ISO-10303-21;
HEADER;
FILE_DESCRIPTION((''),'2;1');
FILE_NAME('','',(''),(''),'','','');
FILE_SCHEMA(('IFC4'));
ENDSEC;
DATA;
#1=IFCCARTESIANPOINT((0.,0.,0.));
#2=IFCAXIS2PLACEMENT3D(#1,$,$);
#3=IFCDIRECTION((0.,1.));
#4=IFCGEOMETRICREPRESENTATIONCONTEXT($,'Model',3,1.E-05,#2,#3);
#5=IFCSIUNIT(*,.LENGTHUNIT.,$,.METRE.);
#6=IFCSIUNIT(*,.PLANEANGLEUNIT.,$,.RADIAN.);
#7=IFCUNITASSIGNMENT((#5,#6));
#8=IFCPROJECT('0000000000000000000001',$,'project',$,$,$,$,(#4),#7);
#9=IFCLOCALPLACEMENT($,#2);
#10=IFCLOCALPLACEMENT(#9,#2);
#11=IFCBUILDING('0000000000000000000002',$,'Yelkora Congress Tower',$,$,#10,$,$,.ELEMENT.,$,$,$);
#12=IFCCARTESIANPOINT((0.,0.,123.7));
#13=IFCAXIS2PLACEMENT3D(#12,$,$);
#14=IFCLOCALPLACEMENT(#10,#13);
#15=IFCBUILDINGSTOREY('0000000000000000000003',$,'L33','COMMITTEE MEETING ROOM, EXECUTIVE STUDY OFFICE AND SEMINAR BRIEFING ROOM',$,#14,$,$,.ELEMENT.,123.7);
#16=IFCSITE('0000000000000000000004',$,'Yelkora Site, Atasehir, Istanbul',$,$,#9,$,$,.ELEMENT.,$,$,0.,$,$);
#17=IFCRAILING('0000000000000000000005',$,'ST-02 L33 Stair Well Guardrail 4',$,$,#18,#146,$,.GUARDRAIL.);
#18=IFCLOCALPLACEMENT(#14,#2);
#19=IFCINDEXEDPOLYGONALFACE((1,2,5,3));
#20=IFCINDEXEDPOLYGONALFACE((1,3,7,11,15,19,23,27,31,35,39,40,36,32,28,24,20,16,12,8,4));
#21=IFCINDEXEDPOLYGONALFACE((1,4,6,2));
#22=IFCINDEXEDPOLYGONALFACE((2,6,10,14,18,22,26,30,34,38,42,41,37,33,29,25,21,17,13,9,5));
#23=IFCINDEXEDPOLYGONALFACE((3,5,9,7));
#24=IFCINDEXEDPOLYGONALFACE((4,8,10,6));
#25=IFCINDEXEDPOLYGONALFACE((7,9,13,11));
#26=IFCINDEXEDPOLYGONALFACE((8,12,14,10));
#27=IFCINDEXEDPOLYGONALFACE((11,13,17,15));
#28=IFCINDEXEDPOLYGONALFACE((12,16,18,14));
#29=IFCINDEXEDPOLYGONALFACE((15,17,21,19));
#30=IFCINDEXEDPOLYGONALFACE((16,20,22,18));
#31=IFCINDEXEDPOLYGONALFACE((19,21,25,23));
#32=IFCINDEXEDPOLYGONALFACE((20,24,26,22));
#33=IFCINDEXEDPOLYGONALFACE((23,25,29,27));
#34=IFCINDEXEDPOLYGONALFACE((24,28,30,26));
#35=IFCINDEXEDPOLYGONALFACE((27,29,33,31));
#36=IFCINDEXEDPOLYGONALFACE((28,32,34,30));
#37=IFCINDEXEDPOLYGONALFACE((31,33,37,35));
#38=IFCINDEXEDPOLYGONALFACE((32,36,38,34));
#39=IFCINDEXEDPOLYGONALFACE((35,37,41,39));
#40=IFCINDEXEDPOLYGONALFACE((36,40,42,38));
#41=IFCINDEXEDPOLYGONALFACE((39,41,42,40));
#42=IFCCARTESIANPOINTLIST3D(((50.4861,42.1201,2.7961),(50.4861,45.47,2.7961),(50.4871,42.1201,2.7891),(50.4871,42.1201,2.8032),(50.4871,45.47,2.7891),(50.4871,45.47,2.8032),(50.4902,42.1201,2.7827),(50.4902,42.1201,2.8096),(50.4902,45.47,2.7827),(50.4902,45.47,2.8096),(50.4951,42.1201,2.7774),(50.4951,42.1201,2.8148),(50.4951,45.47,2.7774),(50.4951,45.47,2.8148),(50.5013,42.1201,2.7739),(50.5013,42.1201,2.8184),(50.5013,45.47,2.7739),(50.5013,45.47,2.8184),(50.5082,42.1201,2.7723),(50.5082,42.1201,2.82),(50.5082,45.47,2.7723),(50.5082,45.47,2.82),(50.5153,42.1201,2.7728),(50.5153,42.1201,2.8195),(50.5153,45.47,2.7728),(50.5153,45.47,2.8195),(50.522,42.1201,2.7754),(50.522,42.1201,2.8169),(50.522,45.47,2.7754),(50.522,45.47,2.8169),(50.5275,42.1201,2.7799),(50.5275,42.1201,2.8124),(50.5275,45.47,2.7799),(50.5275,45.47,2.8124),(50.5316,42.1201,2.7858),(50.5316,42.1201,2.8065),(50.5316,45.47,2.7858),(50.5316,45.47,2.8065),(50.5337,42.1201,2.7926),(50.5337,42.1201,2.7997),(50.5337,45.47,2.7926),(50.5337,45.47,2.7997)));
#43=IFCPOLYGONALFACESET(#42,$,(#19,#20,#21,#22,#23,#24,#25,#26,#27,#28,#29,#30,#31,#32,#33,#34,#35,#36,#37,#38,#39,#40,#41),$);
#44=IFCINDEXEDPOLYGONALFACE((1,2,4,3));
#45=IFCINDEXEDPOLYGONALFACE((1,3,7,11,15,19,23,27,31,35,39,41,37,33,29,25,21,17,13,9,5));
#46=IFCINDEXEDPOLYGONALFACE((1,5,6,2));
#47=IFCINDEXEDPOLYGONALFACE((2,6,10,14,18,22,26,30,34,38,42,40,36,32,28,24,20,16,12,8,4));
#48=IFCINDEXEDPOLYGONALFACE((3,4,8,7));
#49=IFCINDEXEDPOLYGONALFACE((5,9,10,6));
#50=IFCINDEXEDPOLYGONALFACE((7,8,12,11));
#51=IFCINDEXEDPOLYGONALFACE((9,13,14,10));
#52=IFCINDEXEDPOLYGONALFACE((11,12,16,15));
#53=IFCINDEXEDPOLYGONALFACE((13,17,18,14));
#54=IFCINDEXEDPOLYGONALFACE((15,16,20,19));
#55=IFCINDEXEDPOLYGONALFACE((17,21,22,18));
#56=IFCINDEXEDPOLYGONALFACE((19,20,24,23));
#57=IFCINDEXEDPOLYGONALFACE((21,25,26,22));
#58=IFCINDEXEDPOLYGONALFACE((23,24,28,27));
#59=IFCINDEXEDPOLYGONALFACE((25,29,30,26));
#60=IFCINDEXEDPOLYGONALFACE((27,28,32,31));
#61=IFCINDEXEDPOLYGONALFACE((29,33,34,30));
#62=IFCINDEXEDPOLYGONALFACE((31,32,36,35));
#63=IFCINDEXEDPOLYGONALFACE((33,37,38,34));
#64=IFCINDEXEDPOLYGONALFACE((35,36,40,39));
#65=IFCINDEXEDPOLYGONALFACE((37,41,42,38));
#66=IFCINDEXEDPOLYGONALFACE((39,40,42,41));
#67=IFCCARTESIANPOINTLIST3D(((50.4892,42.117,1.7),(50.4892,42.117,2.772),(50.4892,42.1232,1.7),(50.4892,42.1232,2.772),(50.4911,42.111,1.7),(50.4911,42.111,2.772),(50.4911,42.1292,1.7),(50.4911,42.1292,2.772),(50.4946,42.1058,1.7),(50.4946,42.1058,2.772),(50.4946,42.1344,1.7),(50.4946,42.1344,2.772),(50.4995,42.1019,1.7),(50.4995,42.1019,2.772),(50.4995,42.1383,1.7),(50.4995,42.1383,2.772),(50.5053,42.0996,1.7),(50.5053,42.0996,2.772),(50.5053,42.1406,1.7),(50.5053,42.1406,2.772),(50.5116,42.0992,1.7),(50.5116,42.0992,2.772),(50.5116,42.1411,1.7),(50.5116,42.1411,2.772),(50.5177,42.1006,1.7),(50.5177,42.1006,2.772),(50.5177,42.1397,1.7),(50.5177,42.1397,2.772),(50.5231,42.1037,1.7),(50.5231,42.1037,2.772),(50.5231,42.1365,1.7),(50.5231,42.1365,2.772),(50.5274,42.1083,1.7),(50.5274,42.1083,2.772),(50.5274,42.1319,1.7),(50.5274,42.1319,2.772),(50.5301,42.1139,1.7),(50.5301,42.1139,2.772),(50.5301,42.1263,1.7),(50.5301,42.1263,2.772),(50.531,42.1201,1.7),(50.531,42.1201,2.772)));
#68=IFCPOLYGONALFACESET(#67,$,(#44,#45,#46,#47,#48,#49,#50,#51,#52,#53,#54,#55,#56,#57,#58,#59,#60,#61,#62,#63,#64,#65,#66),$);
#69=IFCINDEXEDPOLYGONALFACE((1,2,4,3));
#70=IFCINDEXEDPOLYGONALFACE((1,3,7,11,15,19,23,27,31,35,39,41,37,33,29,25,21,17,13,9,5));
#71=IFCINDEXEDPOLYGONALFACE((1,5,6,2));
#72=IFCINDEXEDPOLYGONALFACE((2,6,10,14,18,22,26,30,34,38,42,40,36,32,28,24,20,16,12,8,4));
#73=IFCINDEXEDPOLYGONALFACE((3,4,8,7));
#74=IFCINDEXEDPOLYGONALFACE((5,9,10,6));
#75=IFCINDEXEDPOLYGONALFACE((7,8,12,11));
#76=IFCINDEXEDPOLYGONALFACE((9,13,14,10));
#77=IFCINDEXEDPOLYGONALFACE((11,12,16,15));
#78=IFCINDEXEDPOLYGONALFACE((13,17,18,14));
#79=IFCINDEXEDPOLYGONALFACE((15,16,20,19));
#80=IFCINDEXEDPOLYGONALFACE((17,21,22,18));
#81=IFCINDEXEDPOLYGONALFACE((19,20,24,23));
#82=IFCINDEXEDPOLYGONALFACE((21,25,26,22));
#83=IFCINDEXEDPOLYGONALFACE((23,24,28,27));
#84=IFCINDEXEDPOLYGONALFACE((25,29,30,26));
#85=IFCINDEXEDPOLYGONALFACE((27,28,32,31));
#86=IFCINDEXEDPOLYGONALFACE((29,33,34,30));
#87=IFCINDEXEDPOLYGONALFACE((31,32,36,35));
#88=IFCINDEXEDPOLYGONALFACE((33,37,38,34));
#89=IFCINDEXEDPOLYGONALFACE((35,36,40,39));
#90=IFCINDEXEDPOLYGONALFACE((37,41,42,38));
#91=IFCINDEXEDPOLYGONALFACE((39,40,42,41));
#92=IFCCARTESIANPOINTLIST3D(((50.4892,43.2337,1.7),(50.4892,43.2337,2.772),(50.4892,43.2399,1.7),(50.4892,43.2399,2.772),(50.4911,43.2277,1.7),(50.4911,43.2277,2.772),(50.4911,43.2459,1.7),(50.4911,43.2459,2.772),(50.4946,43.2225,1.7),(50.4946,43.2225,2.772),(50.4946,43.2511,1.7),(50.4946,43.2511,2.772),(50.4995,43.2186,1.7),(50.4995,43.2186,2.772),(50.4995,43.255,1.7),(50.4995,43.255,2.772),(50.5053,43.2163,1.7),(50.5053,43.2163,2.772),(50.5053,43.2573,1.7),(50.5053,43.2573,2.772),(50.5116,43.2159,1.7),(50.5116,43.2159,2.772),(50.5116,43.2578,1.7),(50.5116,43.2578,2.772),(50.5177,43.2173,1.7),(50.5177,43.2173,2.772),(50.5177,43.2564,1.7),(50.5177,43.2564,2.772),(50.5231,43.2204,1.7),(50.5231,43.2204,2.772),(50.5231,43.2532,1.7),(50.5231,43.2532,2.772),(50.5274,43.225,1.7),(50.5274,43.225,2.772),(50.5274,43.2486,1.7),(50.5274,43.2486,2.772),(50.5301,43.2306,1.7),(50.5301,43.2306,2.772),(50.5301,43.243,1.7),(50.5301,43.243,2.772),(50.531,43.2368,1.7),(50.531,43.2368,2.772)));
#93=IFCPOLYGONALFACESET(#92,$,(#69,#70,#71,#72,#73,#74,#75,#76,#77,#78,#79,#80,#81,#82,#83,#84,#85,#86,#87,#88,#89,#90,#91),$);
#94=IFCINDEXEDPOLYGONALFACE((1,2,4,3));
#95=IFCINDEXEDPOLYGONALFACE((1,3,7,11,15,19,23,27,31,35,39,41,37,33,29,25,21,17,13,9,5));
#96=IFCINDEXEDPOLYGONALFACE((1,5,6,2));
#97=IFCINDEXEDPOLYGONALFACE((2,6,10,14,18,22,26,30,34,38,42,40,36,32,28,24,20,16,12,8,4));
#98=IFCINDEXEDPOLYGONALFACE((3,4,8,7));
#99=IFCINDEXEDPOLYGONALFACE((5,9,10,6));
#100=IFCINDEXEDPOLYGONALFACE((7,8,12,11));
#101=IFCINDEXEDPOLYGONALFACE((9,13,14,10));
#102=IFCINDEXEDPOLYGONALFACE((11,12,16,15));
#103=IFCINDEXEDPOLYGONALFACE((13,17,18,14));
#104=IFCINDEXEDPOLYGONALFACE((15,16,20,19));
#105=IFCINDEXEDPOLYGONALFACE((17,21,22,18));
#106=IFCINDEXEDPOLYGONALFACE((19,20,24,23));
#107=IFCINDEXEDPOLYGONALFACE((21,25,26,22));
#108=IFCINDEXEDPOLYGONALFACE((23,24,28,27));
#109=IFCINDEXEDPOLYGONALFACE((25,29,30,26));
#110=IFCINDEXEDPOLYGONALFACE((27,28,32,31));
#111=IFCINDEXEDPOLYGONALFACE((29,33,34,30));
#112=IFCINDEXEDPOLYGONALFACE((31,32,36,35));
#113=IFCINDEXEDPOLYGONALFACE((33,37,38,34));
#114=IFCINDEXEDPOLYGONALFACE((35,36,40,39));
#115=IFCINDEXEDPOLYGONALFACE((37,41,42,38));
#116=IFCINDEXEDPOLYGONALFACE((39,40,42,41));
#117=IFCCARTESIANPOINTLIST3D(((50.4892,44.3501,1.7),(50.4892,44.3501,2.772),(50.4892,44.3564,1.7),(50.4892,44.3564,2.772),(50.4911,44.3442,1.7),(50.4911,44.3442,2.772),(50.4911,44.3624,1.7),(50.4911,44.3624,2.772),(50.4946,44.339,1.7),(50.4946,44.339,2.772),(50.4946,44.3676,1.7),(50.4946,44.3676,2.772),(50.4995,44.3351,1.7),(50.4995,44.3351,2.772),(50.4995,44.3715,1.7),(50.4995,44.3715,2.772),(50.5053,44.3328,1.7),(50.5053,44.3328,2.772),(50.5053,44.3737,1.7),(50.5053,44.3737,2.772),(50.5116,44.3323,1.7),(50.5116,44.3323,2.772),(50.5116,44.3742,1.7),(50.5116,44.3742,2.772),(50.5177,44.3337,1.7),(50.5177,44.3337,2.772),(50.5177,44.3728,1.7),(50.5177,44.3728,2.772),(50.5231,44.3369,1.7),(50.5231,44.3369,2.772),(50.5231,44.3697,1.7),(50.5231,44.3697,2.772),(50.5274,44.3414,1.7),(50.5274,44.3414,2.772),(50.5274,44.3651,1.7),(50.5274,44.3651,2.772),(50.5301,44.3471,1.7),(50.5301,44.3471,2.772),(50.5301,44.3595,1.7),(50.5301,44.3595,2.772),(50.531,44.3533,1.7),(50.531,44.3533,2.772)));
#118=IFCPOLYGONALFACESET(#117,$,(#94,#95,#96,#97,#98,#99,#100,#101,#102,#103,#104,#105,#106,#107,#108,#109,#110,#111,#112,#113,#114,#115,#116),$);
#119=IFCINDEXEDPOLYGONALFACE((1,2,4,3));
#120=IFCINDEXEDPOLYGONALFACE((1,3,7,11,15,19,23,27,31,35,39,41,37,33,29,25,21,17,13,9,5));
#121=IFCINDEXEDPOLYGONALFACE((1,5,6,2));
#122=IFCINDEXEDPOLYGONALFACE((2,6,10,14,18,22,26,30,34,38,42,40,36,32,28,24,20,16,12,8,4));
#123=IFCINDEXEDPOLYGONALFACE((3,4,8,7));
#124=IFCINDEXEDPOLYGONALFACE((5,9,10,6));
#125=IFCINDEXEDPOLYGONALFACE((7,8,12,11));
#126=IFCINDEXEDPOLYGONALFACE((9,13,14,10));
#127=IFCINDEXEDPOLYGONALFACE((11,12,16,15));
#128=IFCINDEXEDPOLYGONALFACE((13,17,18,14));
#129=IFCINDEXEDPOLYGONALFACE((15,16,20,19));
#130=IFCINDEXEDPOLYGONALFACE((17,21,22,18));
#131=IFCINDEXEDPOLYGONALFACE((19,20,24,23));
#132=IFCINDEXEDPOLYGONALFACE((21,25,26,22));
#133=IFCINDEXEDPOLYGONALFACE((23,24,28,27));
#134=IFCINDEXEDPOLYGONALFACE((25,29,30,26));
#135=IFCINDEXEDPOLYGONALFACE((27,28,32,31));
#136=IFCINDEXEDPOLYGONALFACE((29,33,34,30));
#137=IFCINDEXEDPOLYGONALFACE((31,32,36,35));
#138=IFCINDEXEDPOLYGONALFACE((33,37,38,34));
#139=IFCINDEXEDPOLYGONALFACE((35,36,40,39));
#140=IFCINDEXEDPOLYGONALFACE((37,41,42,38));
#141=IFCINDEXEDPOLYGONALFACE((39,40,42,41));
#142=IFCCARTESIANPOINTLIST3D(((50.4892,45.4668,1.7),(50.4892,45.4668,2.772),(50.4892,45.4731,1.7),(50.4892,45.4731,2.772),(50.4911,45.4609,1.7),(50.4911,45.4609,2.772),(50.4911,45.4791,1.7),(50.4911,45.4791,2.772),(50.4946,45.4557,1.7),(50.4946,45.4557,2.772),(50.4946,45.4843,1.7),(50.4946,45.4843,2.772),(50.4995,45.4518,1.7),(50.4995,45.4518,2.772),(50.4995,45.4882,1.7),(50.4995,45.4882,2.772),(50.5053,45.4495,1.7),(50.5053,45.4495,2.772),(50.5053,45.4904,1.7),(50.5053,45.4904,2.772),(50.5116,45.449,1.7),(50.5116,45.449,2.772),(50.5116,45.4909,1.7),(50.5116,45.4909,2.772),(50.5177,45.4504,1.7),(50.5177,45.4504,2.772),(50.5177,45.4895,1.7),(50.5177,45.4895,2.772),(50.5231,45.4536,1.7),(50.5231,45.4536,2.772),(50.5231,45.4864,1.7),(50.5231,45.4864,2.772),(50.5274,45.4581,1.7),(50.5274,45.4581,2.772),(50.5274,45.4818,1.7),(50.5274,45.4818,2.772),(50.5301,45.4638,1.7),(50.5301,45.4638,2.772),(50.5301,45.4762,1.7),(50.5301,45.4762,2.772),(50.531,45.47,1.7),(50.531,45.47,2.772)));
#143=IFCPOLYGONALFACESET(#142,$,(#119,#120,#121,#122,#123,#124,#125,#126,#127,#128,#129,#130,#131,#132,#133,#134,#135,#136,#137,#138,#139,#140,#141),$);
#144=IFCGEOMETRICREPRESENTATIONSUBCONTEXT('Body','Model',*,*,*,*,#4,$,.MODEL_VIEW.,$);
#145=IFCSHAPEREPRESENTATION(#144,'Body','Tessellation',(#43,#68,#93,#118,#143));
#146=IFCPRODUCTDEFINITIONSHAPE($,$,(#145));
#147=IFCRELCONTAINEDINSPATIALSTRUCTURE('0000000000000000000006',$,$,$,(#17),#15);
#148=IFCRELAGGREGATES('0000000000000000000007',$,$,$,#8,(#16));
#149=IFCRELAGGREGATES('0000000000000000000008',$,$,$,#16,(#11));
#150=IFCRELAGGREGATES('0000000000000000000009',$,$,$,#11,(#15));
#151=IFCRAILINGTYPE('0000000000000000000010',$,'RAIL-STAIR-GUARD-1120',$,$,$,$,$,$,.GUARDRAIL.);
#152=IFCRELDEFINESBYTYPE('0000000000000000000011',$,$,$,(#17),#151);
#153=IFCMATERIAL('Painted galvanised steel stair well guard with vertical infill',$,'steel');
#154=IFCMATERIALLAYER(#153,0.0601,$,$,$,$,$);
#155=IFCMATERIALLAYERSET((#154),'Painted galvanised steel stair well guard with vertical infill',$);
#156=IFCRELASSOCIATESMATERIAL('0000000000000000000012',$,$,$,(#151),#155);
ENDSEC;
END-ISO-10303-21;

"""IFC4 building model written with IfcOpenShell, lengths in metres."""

from ifc_helpers import new_model, si_unit, direction, frame, origin, origin_2d, place, context, subcontext, project, spatial, circle, extrude, material, layer, layer_set, type_object, element, save


model = new_model("IFC4")

# Units and contexts
model_context = context("Model", 3, precision=1e-05, world=origin(), true_north=direction((0.0, 1.0)))
body_context = subcontext(model_context, "Body", "Model", "MODEL_VIEW")
ifc_project = project(units=[si_unit("LENGTHUNIT", "METRE"), si_unit("PLANEANGLEUNIT", "RADIAN")], contexts=[model_context])

# Site, building, storey
site_placement = place(None, origin())
site = spatial("IfcSite", under=ifc_project, at=site_placement, Name="Yelkora Site, Atasehir, Istanbul", CompositionType="ELEMENT", RefElevation=0.0)
building_placement = place(site_placement, origin())
building = spatial("IfcBuilding", under=site, at=building_placement, Name="Yelkora Congress Tower", CompositionType="ELEMENT")
storey_placement = place(building_placement, frame((0.0, 0.0, 123.7)))
storey = spatial("IfcBuildingStorey", under=building, at=storey_placement, Name="L33", Description="COMMITTEE MEETING ROOM, EXECUTIVE STUDY OFFICE AND SEMINAR BRIEFING ROOM", CompositionType="ELEMENT", Elevation=123.7)

# Railing
ifc_material_1 = material(Name="Painted galvanised steel stair well guard with vertical infill", Category="steel")
ifc_layer_1 = layer(ifc_material_1, 0.0601)
ifc_layer_set_1 = layer_set([ifc_layer_1], Name="Painted galvanised steel stair well guard with vertical infill")
railing_type_1 = type_object("IfcRailingType", Name="RAIL-STAIR-GUARD-1120", PredefinedType="GUARDRAIL", material=ifc_layer_set_1)
for number, where, name in (
    (1, (50.51, 42.1201, 1.7), "ST-02 L33 Stair Well Guardrail 4"),
):
    element("IfcRailing", number, at=place(storey_placement, frame(where)), inside=storey, type_object=railing_type_1, Name=name, PredefinedType="GUARDRAIL", context=body_context, shape_type="SweptSolid", body=[
        extrude(circle(Radius=0.0239, at=origin_2d()), frame((0.0, 0.0, 1.0962), z_axis=(0.0, 1.0, 0.0), x_axis=(-1.0, 0.0, 0.0)), (0.0, 0.0, 1.0), 3.3499),
        extrude(circle(Radius=0.021, at=origin_2d()), origin(), (0.0, 0.0, 1.0), 1.072),
        extrude(circle(Radius=0.021, at=origin_2d()), frame((0.0, 1.1167, 0.0)), (0.0, 0.0, 1.0), 1.072),
        extrude(circle(Radius=0.021, at=origin_2d()), frame((0.0, 2.2332, 0.0)), (0.0, 0.0, 1.0), 1.072),
        extrude(circle(Radius=0.021, at=origin_2d()), frame((0.0, 3.3499, 0.0)), (0.0, 0.0, 1.0), 1.072),
    ])

save(model, "model.ifc")
